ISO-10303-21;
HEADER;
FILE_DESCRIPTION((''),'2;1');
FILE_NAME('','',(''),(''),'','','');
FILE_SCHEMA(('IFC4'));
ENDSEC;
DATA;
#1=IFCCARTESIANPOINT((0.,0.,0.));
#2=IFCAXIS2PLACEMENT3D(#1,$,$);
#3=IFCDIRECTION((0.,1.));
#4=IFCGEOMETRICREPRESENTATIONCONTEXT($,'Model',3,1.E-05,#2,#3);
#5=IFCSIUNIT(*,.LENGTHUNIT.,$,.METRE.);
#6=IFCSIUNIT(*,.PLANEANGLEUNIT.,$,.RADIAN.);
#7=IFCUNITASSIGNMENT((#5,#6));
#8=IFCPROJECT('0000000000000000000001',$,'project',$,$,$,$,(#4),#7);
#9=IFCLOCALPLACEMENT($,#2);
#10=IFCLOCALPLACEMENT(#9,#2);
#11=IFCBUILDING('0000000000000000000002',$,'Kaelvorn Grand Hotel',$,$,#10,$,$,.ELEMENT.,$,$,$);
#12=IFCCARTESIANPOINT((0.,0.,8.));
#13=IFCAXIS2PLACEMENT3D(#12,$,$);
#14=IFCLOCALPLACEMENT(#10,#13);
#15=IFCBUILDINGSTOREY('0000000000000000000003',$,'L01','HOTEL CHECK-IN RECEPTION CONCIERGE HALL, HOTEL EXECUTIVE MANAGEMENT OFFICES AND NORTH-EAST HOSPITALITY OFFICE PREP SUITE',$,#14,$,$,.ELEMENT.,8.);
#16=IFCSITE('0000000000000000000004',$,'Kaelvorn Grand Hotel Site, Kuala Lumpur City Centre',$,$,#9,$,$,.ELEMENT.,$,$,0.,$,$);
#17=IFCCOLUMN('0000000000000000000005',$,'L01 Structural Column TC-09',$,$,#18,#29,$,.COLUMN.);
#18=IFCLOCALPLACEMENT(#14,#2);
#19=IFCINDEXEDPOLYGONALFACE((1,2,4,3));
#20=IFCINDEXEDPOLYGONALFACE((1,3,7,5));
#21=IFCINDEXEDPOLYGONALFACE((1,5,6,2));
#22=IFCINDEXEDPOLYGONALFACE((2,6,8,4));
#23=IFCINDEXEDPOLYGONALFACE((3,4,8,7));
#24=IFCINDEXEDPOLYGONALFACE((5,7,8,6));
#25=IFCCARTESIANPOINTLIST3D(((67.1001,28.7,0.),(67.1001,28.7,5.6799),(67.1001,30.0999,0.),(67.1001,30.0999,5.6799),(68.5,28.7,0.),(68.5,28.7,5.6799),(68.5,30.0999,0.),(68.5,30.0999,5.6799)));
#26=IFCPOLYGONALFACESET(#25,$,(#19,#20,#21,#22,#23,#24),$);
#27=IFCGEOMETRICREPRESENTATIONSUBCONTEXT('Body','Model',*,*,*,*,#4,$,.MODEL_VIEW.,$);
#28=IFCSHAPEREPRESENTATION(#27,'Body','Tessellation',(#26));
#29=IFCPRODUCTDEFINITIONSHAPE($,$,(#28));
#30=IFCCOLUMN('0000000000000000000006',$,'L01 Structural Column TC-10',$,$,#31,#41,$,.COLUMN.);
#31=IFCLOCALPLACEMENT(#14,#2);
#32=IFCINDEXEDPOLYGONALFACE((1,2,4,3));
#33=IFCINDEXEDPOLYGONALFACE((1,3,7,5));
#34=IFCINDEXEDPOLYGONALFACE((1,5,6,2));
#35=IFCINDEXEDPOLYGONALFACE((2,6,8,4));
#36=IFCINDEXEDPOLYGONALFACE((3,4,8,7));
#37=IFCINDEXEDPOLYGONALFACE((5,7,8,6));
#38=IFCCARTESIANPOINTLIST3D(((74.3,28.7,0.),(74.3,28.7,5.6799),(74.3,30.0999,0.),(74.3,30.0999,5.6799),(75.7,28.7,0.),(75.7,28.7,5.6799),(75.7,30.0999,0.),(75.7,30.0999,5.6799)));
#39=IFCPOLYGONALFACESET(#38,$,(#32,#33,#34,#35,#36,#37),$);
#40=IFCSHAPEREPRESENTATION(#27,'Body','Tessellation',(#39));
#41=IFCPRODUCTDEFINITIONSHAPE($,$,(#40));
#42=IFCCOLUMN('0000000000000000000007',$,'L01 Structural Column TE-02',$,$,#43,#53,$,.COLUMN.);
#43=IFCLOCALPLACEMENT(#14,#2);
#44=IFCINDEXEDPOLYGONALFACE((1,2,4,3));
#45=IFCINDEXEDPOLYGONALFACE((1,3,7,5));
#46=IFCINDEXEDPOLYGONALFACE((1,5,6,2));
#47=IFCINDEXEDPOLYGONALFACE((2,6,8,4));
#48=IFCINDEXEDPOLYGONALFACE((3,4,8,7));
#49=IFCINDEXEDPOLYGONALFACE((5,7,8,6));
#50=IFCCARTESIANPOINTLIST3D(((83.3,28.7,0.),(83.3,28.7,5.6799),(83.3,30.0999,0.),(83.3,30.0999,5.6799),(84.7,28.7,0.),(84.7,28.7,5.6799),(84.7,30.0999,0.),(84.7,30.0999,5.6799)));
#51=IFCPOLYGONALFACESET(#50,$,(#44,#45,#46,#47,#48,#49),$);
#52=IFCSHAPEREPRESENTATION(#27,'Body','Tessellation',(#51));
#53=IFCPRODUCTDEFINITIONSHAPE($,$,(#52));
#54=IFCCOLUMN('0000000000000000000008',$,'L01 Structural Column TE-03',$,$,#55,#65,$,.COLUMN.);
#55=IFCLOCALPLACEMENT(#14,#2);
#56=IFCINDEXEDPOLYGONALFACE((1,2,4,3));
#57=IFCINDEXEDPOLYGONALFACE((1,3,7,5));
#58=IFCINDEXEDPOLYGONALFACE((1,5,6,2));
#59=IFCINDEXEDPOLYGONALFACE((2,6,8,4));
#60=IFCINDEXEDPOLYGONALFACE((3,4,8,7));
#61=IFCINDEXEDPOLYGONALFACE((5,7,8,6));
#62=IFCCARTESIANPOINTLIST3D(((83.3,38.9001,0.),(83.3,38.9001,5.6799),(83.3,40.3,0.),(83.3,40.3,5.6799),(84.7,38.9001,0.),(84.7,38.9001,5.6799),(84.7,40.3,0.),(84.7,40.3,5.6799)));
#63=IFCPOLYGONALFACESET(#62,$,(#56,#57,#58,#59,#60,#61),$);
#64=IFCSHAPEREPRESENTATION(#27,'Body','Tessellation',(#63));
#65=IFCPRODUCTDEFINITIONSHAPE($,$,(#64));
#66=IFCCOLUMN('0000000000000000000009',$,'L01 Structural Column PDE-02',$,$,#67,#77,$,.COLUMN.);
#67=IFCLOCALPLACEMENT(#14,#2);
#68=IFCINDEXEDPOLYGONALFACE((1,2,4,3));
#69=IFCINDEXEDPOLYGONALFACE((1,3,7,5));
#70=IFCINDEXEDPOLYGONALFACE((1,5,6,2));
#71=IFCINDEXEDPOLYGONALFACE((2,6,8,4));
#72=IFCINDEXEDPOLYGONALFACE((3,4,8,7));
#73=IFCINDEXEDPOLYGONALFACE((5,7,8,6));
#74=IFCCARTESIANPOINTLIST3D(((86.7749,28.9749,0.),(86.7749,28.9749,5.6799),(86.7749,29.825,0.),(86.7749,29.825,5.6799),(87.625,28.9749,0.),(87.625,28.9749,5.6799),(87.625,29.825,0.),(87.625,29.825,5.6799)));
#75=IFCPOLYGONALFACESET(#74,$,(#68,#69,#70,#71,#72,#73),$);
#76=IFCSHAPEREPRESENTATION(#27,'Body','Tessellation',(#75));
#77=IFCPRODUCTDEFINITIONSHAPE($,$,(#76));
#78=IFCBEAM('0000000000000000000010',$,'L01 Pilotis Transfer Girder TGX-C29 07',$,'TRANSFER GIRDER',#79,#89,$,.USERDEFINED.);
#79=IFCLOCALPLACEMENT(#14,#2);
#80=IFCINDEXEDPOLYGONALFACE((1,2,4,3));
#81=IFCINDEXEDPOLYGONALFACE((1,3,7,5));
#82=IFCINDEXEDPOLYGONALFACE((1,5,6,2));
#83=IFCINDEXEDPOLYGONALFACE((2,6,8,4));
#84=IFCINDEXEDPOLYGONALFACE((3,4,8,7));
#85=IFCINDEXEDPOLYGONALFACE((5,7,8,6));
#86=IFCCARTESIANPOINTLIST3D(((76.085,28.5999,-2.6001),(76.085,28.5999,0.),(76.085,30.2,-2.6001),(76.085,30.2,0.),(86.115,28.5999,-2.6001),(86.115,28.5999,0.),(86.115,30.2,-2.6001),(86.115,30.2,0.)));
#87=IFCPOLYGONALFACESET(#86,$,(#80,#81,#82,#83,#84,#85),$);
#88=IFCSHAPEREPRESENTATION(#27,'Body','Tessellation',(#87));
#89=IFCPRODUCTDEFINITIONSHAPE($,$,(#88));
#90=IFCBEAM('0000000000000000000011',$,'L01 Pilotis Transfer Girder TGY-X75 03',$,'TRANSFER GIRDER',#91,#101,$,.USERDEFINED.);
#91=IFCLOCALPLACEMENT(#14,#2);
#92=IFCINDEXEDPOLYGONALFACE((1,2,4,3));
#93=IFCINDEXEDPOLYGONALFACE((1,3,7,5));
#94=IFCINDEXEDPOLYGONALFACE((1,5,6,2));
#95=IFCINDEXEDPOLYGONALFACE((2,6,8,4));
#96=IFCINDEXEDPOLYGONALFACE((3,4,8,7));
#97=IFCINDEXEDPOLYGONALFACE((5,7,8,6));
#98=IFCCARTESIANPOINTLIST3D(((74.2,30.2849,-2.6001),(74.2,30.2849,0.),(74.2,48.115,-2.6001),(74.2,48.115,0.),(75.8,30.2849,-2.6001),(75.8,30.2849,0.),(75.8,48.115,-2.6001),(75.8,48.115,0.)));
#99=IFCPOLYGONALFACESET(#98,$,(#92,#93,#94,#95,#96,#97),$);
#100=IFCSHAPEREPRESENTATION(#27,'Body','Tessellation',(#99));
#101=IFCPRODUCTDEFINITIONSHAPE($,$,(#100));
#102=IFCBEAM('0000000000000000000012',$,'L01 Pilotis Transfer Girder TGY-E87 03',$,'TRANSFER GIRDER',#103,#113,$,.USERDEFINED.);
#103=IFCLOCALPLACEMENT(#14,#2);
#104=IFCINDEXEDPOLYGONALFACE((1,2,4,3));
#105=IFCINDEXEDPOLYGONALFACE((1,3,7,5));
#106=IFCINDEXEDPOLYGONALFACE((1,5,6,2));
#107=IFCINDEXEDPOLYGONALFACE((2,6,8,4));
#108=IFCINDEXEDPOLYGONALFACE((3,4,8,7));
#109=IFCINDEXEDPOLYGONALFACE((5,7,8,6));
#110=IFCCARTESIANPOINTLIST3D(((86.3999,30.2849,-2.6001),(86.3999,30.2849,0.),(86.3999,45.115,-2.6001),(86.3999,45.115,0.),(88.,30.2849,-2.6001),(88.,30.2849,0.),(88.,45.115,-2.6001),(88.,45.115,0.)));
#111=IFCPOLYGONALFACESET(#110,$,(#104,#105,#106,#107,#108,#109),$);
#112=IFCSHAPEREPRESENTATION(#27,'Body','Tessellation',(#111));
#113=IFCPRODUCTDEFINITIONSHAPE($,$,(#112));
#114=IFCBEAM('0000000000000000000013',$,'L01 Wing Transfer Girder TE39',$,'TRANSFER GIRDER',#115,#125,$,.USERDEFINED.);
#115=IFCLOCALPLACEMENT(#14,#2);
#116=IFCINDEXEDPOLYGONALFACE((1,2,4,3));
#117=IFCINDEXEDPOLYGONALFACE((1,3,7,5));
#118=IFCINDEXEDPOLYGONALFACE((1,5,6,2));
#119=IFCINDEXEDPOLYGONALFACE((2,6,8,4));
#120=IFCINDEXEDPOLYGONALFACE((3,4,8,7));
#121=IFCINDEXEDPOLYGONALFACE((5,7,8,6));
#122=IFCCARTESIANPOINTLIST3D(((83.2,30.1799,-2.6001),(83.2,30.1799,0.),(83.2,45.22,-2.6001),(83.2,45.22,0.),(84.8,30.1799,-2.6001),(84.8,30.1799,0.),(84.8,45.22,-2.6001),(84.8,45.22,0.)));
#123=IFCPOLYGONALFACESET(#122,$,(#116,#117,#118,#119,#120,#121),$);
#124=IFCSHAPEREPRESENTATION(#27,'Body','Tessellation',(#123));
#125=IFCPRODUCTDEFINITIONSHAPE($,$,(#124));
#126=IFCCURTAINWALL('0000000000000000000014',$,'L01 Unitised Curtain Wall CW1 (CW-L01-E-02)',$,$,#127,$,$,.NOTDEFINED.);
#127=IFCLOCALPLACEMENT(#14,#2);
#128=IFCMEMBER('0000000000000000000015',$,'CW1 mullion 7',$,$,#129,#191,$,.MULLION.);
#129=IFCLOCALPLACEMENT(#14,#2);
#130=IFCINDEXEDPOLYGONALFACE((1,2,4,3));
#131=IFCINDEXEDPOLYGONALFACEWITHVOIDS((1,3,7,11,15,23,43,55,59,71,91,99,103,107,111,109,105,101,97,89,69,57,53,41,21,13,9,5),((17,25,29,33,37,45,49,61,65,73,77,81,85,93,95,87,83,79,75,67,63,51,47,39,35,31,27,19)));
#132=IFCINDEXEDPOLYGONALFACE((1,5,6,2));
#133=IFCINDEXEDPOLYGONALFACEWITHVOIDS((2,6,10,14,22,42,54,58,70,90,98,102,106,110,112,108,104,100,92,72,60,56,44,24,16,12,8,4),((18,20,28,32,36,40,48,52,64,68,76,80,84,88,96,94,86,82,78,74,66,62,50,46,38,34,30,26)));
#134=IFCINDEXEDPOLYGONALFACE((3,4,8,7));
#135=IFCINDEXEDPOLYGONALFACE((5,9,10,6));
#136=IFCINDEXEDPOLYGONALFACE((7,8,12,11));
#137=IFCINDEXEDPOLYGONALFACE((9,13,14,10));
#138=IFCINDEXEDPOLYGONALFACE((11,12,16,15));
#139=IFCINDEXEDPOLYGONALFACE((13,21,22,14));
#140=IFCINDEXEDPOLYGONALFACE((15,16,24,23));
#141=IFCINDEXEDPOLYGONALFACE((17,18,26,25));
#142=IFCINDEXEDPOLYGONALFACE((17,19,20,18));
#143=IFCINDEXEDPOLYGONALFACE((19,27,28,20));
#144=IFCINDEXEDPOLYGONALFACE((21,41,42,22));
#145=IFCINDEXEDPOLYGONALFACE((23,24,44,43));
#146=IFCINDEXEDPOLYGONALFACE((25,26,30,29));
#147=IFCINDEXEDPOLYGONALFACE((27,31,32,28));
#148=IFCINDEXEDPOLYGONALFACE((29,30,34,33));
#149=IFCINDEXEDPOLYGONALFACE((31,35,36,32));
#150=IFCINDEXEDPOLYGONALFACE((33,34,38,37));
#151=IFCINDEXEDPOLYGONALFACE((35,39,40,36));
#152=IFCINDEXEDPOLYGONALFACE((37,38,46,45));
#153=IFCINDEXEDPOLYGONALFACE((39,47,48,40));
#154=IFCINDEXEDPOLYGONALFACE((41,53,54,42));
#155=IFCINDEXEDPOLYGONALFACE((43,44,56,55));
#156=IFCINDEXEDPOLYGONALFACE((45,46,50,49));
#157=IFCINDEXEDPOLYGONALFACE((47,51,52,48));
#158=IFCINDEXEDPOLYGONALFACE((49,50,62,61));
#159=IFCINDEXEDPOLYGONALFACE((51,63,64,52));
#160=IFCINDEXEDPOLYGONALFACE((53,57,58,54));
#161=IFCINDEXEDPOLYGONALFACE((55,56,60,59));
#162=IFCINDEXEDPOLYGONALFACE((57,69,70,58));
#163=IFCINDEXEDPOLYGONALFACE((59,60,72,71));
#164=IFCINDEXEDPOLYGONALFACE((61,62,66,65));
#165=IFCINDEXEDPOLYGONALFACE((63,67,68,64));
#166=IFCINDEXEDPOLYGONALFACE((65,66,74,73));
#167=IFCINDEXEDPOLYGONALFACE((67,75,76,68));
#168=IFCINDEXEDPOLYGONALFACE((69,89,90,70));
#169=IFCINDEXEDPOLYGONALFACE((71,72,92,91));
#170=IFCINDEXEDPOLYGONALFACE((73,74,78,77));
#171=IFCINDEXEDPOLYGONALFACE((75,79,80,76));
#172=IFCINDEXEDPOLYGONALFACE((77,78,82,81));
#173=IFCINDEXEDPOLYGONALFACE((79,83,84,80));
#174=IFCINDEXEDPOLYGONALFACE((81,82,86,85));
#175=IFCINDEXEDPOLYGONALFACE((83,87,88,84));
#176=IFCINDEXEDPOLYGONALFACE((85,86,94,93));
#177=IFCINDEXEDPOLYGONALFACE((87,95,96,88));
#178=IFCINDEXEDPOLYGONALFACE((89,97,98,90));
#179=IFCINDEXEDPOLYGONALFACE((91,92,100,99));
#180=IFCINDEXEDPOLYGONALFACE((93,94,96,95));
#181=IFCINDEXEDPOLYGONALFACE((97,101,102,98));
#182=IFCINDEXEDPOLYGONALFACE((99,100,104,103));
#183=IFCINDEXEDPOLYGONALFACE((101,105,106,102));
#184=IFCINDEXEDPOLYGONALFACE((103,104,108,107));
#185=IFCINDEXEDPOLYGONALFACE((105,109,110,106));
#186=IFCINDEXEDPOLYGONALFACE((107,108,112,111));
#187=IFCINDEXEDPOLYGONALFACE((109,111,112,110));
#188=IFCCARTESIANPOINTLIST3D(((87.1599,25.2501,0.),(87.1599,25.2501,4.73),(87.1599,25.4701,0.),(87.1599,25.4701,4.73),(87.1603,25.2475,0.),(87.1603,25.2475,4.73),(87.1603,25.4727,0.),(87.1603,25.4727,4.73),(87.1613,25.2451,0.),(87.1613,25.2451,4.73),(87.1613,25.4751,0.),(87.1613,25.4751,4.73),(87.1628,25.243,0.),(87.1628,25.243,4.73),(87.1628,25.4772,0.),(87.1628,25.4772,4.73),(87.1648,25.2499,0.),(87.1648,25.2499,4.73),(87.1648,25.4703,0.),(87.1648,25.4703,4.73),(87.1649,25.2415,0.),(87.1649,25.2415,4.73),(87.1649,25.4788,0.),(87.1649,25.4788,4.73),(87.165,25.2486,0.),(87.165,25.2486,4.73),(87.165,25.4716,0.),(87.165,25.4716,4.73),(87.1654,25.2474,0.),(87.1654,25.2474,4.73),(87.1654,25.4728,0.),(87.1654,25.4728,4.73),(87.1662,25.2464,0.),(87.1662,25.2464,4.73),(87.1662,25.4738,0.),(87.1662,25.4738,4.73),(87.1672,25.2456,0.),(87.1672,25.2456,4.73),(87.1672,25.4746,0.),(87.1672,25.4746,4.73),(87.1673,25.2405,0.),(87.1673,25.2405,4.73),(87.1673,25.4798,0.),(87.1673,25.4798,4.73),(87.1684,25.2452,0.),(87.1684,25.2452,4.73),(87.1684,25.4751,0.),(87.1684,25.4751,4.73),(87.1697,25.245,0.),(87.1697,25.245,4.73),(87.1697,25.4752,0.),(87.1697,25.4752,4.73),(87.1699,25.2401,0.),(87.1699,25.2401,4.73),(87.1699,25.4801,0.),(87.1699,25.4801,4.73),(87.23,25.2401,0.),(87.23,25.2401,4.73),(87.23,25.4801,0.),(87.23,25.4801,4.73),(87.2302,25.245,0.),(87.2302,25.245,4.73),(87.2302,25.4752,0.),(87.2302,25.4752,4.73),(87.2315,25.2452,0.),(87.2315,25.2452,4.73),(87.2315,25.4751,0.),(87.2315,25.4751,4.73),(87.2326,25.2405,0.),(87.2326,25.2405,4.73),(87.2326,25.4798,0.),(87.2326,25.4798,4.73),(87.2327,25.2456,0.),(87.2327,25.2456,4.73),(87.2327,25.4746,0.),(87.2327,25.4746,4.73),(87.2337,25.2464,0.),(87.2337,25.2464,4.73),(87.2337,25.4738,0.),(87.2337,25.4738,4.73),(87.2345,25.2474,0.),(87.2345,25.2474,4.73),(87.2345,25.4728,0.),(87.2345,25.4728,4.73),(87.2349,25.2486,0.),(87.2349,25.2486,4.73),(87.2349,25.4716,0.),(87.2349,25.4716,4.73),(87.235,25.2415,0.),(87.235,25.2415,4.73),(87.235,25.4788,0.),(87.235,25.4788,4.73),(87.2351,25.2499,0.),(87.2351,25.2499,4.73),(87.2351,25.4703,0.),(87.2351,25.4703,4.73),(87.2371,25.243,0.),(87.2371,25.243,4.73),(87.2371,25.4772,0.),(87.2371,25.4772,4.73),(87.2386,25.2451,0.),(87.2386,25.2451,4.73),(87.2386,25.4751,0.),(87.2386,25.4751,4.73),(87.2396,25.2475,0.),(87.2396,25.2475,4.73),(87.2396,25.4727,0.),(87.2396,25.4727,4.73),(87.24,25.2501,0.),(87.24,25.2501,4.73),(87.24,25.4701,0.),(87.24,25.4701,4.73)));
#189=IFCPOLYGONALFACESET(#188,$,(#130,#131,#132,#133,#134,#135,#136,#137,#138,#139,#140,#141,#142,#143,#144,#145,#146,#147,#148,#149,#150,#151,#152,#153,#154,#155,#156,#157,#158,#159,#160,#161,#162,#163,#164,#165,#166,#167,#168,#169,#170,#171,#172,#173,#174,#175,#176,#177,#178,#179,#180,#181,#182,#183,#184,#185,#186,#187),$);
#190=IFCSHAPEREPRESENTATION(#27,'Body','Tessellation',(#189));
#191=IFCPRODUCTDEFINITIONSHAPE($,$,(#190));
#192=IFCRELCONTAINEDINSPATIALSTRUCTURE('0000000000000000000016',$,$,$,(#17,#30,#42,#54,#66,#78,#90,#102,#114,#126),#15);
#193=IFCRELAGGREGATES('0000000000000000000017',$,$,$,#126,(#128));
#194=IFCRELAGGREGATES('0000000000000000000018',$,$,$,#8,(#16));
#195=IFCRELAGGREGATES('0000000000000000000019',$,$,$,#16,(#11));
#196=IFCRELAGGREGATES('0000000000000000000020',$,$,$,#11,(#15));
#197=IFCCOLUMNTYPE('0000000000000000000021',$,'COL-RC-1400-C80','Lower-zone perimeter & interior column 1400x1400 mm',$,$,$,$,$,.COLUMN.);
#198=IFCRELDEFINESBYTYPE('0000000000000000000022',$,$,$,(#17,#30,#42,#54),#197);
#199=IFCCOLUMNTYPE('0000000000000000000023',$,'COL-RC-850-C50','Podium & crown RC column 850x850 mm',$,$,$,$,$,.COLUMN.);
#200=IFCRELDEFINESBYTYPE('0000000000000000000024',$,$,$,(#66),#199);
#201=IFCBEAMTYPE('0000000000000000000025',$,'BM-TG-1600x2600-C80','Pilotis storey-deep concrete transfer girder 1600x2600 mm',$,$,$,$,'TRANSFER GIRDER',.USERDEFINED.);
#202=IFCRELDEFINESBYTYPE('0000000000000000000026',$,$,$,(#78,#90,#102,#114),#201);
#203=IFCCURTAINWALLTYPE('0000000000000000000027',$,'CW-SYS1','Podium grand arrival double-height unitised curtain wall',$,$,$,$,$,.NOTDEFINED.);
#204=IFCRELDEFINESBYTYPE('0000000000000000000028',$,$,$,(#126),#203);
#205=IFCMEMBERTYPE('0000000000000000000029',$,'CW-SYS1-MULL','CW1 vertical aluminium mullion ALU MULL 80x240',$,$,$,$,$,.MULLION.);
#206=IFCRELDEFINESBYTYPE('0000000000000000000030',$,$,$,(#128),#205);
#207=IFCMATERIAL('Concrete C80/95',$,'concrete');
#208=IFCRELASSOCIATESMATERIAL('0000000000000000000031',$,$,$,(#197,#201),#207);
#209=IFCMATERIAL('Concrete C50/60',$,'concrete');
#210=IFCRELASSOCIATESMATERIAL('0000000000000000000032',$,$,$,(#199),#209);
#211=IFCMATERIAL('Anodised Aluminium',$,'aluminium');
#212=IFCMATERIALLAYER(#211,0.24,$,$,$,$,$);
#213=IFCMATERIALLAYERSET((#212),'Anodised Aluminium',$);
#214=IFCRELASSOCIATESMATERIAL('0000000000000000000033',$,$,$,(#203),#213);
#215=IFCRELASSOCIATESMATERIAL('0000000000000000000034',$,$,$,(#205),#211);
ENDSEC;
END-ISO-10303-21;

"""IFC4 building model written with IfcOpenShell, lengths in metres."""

from ifc_helpers import new_model, si_unit, direction, frame, origin, origin_2d, place, context, subcontext, project, spatial, rectangle, hollow_rectangle, extrude, material, layer, layer_set, material_profile, profile_set, type_object, element, aggregate, save


model = new_model("IFC4")

# Units and contexts
model_context = context("Model", 3, precision=1e-05, world=origin(), true_north=direction((0.0, 1.0)))
body_context = subcontext(model_context, "Body", "Model", "MODEL_VIEW")
ifc_project = project(units=[si_unit("LENGTHUNIT", "METRE"), si_unit("PLANEANGLEUNIT", "RADIAN")], contexts=[model_context])

# Site, building, storey
site_placement = place(None, origin())
site = spatial("IfcSite", under=ifc_project, at=site_placement, Name="Kaelvorn Grand Hotel Site, Kuala Lumpur City Centre", CompositionType="ELEMENT", RefElevation=0.0)
building_placement = place(site_placement, origin())
building = spatial("IfcBuilding", under=site, at=building_placement, Name="Kaelvorn Grand Hotel", CompositionType="ELEMENT")
storey_placement = place(building_placement, frame((0.0, 0.0, 8.0)))
storey = spatial("IfcBuildingStorey", under=building, at=storey_placement, Name="L01", Description="HOTEL CHECK-IN RECEPTION CONCIERGE HALL, HOTEL EXECUTIVE MANAGEMENT OFFICES AND NORTH-EAST HOSPITALITY OFFICE PREP SUITE", CompositionType="ELEMENT", Elevation=8.0)

# Columns
ifc_material_1 = material(Name="Concrete C80/95", Category="concrete")
ifc_material_profile_1 = material_profile(ifc_material_1, rectangle(XDim=1.3999, YDim=1.3999, at=origin_2d()), Name="RC COL 1400x1400")
ifc_profile_set_1 = profile_set([ifc_material_profile_1], Name="Concrete C80/95")
column_type_1 = type_object("IfcColumnType", Name="COL-RC-1400-C80", Description="Lower-zone perimeter & interior column 1400x1400 mm", PredefinedType="COLUMN", material=ifc_profile_set_1)
for number, where, z_axis, x_axis, name in (
    (1, (67.8, 29.3999, 0.0), (0.0, 0.0, 1.0), (1.0, 0.0, 0.0), "L01 Structural Column TC-09"),
    (2, (75.0, 29.3999, 0.0), (0.0, 0.0, 1.0), (1.0, 0.0, 0.0), "L01 Structural Column TC-10"),
    (3, (84.0, 29.3999, 0.0), (0.0, 0.0, 1.0), (1.0, 0.0, 0.0), "L01 Structural Column TE-02"),
    (4, (84.0, 39.6001, 0.0), (0.0, 0.0, 1.0), (1.0, 0.0, 0.0), "L01 Structural Column TE-03"),
):
    element("IfcColumn", number, at=place(storey_placement, frame(where, z_axis=z_axis, x_axis=x_axis)), inside=storey, type_object=column_type_1, Name=name, PredefinedType="COLUMN", context=body_context, shape_type="SweptSolid", body=[
        extrude(rectangle(XDim=1.3999, YDim=1.3999, at=origin_2d()), origin(), (0.0, 0.0, 1.0), 5.6799),
    ])
ifc_material_2 = material(Name="Concrete C50/60", Category="concrete")
ifc_material_profile_2 = material_profile(ifc_material_2, rectangle(XDim=0.8501, YDim=0.8501, at=origin_2d()), Name="RC COL 850x850")
ifc_profile_set_2 = profile_set([ifc_material_profile_2], Name="Concrete C50/60")
column_type_2 = type_object("IfcColumnType", Name="COL-RC-850-C50", Description="Podium & crown RC column 850x850 mm", PredefinedType="COLUMN", material=ifc_profile_set_2)
column_placement = place(storey_placement, frame((87.2, 29.3999, 0.0), z_axis=(0.0, 0.0, 1.0), x_axis=(1.0, 0.0, 0.0)))
element("IfcColumn", 5, at=column_placement, inside=storey, type_object=column_type_2, Name="L01 Structural Column PDE-02", PredefinedType="COLUMN", context=body_context, shape_type="SweptSolid", body=[
    extrude(rectangle(XDim=0.8501, YDim=0.8501, at=origin_2d()), origin(), (0.0, 0.0, 1.0), 5.6799),
])

# Beams
ifc_material_profile_3 = material_profile(ifc_material_1, rectangle(XDim=1.6001, YDim=2.6001, at=origin_2d()), Name="RC TG 1600x2600")
ifc_profile_set_3 = profile_set([ifc_material_profile_3], Name="Concrete C80/95")
beam_type = type_object("IfcBeamType", Name="BM-TG-1600x2600-C80", Description="Pilotis storey-deep concrete transfer girder 1600x2600 mm", ElementType="TRANSFER GIRDER", PredefinedType="USERDEFINED", material=ifc_profile_set_3)
beam_1_placement = place(storey_placement, frame((76.085, 29.3999, -1.3), z_axis=(1.0, 0.0, 0.0), x_axis=(0.0, 1.0, 0.0)))
element("IfcBeam", 6, at=beam_1_placement, inside=storey, type_object=beam_type, Name="L01 Pilotis Transfer Girder TGX-C29 07", ObjectType="TRANSFER GIRDER", PredefinedType="USERDEFINED", context=body_context, shape_type="SweptSolid", body=[
    extrude(rectangle(XDim=1.6001, YDim=2.6001, at=origin_2d()), origin(), (0.0, 0.0, 1.0), 10.03),
])
beam_2_placement = place(storey_placement, frame((75.0, 30.2849, -1.3), z_axis=(0.0, 1.0, 0.0), x_axis=(-1.0, 0.0, 0.0)))
element("IfcBeam", 7, at=beam_2_placement, inside=storey, type_object=beam_type, Name="L01 Pilotis Transfer Girder TGY-X75 03", ObjectType="TRANSFER GIRDER", PredefinedType="USERDEFINED", context=body_context, shape_type="SweptSolid", body=[
    extrude(rectangle(XDim=1.6001, YDim=2.6001, at=origin_2d()), origin(), (0.0, 0.0, 1.0), 17.8301),
])
beam_3_placement = place(storey_placement, frame((87.2, 30.2849, -1.3), z_axis=(0.0, 1.0, 0.0), x_axis=(-1.0, 0.0, 0.0)))
element("IfcBeam", 8, at=beam_3_placement, inside=storey, type_object=beam_type, Name="L01 Pilotis Transfer Girder TGY-E87 03", ObjectType="TRANSFER GIRDER", PredefinedType="USERDEFINED", context=body_context, shape_type="SweptSolid", body=[
    extrude(rectangle(XDim=1.6001, YDim=2.6001, at=origin_2d()), origin(), (0.0, 0.0, 1.0), 14.8301),
])
beam_4_placement = place(storey_placement, frame((84.0, 30.1799, -1.3), z_axis=(0.0, 1.0, 0.0), x_axis=(-1.0, 0.0, 0.0)))
element("IfcBeam", 9, at=beam_4_placement, inside=storey, type_object=beam_type, Name="L01 Wing Transfer Girder TE39", ObjectType="TRANSFER GIRDER", PredefinedType="USERDEFINED", context=body_context, shape_type="SweptSolid", body=[
    extrude(rectangle(XDim=1.6001, YDim=2.6001, at=origin_2d()), origin(), (0.0, 0.0, 1.0), 15.04),
])

# Curtain wall, member
ifc_material_3 = material(Name="Anodised Aluminium", Category="aluminium")
ifc_layer_1 = layer(ifc_material_3, 0.24)
ifc_layer_set_1 = layer_set([ifc_layer_1], Name="Anodised Aluminium")
curtain_wall_type = type_object("IfcCurtainWallType", Name="CW-SYS1", Description="Podium grand arrival double-height unitised curtain wall", PredefinedType="NOTDEFINED", material=ifc_layer_set_1)
curtain_wall_placement = place(storey_placement, origin())
curtain_wall = element("IfcCurtainWall", 10, at=curtain_wall_placement, inside=storey, type_object=curtain_wall_type, Name="L01 Unitised Curtain Wall CW1 (CW-L01-E-02)", PredefinedType="NOTDEFINED")
ifc_material_profile_4 = material_profile(ifc_material_3, hollow_rectangle(XDim=0.0801, YDim=0.24, WallThickness=0.0049, InnerFilletRadius=0.0049, OuterFilletRadius=0.01, at=origin_2d()), Name="ALU MULL 80x240")
ifc_profile_set_4 = profile_set([ifc_material_profile_4], Name="Anodised Aluminium")
member_type = type_object("IfcMemberType", Name="CW-SYS1-MULL", Description="CW1 vertical aluminium mullion ALU MULL 80x240", PredefinedType="MULLION", material=ifc_profile_set_4)
member_placement = place(storey_placement, frame((87.2, 25.3601, 0.0), z_axis=(0.0, 0.0, 1.0), x_axis=(-1.0, 0.0, 0.0)))
member = element("IfcMember", 11, at=member_placement, type_object=member_type, Name="CW1 mullion 7", PredefinedType="MULLION", context=body_context, shape_type="SweptSolid", body=[
    extrude(hollow_rectangle(XDim=0.0801, YDim=0.24, WallThickness=0.0049, InnerFilletRadius=0.0049, OuterFilletRadius=0.01, at=origin_2d()), origin(), (0.0, 0.0, 1.0), 4.73),
])
aggregate(curtain_wall, [member])

save(model, "model.ifc")
